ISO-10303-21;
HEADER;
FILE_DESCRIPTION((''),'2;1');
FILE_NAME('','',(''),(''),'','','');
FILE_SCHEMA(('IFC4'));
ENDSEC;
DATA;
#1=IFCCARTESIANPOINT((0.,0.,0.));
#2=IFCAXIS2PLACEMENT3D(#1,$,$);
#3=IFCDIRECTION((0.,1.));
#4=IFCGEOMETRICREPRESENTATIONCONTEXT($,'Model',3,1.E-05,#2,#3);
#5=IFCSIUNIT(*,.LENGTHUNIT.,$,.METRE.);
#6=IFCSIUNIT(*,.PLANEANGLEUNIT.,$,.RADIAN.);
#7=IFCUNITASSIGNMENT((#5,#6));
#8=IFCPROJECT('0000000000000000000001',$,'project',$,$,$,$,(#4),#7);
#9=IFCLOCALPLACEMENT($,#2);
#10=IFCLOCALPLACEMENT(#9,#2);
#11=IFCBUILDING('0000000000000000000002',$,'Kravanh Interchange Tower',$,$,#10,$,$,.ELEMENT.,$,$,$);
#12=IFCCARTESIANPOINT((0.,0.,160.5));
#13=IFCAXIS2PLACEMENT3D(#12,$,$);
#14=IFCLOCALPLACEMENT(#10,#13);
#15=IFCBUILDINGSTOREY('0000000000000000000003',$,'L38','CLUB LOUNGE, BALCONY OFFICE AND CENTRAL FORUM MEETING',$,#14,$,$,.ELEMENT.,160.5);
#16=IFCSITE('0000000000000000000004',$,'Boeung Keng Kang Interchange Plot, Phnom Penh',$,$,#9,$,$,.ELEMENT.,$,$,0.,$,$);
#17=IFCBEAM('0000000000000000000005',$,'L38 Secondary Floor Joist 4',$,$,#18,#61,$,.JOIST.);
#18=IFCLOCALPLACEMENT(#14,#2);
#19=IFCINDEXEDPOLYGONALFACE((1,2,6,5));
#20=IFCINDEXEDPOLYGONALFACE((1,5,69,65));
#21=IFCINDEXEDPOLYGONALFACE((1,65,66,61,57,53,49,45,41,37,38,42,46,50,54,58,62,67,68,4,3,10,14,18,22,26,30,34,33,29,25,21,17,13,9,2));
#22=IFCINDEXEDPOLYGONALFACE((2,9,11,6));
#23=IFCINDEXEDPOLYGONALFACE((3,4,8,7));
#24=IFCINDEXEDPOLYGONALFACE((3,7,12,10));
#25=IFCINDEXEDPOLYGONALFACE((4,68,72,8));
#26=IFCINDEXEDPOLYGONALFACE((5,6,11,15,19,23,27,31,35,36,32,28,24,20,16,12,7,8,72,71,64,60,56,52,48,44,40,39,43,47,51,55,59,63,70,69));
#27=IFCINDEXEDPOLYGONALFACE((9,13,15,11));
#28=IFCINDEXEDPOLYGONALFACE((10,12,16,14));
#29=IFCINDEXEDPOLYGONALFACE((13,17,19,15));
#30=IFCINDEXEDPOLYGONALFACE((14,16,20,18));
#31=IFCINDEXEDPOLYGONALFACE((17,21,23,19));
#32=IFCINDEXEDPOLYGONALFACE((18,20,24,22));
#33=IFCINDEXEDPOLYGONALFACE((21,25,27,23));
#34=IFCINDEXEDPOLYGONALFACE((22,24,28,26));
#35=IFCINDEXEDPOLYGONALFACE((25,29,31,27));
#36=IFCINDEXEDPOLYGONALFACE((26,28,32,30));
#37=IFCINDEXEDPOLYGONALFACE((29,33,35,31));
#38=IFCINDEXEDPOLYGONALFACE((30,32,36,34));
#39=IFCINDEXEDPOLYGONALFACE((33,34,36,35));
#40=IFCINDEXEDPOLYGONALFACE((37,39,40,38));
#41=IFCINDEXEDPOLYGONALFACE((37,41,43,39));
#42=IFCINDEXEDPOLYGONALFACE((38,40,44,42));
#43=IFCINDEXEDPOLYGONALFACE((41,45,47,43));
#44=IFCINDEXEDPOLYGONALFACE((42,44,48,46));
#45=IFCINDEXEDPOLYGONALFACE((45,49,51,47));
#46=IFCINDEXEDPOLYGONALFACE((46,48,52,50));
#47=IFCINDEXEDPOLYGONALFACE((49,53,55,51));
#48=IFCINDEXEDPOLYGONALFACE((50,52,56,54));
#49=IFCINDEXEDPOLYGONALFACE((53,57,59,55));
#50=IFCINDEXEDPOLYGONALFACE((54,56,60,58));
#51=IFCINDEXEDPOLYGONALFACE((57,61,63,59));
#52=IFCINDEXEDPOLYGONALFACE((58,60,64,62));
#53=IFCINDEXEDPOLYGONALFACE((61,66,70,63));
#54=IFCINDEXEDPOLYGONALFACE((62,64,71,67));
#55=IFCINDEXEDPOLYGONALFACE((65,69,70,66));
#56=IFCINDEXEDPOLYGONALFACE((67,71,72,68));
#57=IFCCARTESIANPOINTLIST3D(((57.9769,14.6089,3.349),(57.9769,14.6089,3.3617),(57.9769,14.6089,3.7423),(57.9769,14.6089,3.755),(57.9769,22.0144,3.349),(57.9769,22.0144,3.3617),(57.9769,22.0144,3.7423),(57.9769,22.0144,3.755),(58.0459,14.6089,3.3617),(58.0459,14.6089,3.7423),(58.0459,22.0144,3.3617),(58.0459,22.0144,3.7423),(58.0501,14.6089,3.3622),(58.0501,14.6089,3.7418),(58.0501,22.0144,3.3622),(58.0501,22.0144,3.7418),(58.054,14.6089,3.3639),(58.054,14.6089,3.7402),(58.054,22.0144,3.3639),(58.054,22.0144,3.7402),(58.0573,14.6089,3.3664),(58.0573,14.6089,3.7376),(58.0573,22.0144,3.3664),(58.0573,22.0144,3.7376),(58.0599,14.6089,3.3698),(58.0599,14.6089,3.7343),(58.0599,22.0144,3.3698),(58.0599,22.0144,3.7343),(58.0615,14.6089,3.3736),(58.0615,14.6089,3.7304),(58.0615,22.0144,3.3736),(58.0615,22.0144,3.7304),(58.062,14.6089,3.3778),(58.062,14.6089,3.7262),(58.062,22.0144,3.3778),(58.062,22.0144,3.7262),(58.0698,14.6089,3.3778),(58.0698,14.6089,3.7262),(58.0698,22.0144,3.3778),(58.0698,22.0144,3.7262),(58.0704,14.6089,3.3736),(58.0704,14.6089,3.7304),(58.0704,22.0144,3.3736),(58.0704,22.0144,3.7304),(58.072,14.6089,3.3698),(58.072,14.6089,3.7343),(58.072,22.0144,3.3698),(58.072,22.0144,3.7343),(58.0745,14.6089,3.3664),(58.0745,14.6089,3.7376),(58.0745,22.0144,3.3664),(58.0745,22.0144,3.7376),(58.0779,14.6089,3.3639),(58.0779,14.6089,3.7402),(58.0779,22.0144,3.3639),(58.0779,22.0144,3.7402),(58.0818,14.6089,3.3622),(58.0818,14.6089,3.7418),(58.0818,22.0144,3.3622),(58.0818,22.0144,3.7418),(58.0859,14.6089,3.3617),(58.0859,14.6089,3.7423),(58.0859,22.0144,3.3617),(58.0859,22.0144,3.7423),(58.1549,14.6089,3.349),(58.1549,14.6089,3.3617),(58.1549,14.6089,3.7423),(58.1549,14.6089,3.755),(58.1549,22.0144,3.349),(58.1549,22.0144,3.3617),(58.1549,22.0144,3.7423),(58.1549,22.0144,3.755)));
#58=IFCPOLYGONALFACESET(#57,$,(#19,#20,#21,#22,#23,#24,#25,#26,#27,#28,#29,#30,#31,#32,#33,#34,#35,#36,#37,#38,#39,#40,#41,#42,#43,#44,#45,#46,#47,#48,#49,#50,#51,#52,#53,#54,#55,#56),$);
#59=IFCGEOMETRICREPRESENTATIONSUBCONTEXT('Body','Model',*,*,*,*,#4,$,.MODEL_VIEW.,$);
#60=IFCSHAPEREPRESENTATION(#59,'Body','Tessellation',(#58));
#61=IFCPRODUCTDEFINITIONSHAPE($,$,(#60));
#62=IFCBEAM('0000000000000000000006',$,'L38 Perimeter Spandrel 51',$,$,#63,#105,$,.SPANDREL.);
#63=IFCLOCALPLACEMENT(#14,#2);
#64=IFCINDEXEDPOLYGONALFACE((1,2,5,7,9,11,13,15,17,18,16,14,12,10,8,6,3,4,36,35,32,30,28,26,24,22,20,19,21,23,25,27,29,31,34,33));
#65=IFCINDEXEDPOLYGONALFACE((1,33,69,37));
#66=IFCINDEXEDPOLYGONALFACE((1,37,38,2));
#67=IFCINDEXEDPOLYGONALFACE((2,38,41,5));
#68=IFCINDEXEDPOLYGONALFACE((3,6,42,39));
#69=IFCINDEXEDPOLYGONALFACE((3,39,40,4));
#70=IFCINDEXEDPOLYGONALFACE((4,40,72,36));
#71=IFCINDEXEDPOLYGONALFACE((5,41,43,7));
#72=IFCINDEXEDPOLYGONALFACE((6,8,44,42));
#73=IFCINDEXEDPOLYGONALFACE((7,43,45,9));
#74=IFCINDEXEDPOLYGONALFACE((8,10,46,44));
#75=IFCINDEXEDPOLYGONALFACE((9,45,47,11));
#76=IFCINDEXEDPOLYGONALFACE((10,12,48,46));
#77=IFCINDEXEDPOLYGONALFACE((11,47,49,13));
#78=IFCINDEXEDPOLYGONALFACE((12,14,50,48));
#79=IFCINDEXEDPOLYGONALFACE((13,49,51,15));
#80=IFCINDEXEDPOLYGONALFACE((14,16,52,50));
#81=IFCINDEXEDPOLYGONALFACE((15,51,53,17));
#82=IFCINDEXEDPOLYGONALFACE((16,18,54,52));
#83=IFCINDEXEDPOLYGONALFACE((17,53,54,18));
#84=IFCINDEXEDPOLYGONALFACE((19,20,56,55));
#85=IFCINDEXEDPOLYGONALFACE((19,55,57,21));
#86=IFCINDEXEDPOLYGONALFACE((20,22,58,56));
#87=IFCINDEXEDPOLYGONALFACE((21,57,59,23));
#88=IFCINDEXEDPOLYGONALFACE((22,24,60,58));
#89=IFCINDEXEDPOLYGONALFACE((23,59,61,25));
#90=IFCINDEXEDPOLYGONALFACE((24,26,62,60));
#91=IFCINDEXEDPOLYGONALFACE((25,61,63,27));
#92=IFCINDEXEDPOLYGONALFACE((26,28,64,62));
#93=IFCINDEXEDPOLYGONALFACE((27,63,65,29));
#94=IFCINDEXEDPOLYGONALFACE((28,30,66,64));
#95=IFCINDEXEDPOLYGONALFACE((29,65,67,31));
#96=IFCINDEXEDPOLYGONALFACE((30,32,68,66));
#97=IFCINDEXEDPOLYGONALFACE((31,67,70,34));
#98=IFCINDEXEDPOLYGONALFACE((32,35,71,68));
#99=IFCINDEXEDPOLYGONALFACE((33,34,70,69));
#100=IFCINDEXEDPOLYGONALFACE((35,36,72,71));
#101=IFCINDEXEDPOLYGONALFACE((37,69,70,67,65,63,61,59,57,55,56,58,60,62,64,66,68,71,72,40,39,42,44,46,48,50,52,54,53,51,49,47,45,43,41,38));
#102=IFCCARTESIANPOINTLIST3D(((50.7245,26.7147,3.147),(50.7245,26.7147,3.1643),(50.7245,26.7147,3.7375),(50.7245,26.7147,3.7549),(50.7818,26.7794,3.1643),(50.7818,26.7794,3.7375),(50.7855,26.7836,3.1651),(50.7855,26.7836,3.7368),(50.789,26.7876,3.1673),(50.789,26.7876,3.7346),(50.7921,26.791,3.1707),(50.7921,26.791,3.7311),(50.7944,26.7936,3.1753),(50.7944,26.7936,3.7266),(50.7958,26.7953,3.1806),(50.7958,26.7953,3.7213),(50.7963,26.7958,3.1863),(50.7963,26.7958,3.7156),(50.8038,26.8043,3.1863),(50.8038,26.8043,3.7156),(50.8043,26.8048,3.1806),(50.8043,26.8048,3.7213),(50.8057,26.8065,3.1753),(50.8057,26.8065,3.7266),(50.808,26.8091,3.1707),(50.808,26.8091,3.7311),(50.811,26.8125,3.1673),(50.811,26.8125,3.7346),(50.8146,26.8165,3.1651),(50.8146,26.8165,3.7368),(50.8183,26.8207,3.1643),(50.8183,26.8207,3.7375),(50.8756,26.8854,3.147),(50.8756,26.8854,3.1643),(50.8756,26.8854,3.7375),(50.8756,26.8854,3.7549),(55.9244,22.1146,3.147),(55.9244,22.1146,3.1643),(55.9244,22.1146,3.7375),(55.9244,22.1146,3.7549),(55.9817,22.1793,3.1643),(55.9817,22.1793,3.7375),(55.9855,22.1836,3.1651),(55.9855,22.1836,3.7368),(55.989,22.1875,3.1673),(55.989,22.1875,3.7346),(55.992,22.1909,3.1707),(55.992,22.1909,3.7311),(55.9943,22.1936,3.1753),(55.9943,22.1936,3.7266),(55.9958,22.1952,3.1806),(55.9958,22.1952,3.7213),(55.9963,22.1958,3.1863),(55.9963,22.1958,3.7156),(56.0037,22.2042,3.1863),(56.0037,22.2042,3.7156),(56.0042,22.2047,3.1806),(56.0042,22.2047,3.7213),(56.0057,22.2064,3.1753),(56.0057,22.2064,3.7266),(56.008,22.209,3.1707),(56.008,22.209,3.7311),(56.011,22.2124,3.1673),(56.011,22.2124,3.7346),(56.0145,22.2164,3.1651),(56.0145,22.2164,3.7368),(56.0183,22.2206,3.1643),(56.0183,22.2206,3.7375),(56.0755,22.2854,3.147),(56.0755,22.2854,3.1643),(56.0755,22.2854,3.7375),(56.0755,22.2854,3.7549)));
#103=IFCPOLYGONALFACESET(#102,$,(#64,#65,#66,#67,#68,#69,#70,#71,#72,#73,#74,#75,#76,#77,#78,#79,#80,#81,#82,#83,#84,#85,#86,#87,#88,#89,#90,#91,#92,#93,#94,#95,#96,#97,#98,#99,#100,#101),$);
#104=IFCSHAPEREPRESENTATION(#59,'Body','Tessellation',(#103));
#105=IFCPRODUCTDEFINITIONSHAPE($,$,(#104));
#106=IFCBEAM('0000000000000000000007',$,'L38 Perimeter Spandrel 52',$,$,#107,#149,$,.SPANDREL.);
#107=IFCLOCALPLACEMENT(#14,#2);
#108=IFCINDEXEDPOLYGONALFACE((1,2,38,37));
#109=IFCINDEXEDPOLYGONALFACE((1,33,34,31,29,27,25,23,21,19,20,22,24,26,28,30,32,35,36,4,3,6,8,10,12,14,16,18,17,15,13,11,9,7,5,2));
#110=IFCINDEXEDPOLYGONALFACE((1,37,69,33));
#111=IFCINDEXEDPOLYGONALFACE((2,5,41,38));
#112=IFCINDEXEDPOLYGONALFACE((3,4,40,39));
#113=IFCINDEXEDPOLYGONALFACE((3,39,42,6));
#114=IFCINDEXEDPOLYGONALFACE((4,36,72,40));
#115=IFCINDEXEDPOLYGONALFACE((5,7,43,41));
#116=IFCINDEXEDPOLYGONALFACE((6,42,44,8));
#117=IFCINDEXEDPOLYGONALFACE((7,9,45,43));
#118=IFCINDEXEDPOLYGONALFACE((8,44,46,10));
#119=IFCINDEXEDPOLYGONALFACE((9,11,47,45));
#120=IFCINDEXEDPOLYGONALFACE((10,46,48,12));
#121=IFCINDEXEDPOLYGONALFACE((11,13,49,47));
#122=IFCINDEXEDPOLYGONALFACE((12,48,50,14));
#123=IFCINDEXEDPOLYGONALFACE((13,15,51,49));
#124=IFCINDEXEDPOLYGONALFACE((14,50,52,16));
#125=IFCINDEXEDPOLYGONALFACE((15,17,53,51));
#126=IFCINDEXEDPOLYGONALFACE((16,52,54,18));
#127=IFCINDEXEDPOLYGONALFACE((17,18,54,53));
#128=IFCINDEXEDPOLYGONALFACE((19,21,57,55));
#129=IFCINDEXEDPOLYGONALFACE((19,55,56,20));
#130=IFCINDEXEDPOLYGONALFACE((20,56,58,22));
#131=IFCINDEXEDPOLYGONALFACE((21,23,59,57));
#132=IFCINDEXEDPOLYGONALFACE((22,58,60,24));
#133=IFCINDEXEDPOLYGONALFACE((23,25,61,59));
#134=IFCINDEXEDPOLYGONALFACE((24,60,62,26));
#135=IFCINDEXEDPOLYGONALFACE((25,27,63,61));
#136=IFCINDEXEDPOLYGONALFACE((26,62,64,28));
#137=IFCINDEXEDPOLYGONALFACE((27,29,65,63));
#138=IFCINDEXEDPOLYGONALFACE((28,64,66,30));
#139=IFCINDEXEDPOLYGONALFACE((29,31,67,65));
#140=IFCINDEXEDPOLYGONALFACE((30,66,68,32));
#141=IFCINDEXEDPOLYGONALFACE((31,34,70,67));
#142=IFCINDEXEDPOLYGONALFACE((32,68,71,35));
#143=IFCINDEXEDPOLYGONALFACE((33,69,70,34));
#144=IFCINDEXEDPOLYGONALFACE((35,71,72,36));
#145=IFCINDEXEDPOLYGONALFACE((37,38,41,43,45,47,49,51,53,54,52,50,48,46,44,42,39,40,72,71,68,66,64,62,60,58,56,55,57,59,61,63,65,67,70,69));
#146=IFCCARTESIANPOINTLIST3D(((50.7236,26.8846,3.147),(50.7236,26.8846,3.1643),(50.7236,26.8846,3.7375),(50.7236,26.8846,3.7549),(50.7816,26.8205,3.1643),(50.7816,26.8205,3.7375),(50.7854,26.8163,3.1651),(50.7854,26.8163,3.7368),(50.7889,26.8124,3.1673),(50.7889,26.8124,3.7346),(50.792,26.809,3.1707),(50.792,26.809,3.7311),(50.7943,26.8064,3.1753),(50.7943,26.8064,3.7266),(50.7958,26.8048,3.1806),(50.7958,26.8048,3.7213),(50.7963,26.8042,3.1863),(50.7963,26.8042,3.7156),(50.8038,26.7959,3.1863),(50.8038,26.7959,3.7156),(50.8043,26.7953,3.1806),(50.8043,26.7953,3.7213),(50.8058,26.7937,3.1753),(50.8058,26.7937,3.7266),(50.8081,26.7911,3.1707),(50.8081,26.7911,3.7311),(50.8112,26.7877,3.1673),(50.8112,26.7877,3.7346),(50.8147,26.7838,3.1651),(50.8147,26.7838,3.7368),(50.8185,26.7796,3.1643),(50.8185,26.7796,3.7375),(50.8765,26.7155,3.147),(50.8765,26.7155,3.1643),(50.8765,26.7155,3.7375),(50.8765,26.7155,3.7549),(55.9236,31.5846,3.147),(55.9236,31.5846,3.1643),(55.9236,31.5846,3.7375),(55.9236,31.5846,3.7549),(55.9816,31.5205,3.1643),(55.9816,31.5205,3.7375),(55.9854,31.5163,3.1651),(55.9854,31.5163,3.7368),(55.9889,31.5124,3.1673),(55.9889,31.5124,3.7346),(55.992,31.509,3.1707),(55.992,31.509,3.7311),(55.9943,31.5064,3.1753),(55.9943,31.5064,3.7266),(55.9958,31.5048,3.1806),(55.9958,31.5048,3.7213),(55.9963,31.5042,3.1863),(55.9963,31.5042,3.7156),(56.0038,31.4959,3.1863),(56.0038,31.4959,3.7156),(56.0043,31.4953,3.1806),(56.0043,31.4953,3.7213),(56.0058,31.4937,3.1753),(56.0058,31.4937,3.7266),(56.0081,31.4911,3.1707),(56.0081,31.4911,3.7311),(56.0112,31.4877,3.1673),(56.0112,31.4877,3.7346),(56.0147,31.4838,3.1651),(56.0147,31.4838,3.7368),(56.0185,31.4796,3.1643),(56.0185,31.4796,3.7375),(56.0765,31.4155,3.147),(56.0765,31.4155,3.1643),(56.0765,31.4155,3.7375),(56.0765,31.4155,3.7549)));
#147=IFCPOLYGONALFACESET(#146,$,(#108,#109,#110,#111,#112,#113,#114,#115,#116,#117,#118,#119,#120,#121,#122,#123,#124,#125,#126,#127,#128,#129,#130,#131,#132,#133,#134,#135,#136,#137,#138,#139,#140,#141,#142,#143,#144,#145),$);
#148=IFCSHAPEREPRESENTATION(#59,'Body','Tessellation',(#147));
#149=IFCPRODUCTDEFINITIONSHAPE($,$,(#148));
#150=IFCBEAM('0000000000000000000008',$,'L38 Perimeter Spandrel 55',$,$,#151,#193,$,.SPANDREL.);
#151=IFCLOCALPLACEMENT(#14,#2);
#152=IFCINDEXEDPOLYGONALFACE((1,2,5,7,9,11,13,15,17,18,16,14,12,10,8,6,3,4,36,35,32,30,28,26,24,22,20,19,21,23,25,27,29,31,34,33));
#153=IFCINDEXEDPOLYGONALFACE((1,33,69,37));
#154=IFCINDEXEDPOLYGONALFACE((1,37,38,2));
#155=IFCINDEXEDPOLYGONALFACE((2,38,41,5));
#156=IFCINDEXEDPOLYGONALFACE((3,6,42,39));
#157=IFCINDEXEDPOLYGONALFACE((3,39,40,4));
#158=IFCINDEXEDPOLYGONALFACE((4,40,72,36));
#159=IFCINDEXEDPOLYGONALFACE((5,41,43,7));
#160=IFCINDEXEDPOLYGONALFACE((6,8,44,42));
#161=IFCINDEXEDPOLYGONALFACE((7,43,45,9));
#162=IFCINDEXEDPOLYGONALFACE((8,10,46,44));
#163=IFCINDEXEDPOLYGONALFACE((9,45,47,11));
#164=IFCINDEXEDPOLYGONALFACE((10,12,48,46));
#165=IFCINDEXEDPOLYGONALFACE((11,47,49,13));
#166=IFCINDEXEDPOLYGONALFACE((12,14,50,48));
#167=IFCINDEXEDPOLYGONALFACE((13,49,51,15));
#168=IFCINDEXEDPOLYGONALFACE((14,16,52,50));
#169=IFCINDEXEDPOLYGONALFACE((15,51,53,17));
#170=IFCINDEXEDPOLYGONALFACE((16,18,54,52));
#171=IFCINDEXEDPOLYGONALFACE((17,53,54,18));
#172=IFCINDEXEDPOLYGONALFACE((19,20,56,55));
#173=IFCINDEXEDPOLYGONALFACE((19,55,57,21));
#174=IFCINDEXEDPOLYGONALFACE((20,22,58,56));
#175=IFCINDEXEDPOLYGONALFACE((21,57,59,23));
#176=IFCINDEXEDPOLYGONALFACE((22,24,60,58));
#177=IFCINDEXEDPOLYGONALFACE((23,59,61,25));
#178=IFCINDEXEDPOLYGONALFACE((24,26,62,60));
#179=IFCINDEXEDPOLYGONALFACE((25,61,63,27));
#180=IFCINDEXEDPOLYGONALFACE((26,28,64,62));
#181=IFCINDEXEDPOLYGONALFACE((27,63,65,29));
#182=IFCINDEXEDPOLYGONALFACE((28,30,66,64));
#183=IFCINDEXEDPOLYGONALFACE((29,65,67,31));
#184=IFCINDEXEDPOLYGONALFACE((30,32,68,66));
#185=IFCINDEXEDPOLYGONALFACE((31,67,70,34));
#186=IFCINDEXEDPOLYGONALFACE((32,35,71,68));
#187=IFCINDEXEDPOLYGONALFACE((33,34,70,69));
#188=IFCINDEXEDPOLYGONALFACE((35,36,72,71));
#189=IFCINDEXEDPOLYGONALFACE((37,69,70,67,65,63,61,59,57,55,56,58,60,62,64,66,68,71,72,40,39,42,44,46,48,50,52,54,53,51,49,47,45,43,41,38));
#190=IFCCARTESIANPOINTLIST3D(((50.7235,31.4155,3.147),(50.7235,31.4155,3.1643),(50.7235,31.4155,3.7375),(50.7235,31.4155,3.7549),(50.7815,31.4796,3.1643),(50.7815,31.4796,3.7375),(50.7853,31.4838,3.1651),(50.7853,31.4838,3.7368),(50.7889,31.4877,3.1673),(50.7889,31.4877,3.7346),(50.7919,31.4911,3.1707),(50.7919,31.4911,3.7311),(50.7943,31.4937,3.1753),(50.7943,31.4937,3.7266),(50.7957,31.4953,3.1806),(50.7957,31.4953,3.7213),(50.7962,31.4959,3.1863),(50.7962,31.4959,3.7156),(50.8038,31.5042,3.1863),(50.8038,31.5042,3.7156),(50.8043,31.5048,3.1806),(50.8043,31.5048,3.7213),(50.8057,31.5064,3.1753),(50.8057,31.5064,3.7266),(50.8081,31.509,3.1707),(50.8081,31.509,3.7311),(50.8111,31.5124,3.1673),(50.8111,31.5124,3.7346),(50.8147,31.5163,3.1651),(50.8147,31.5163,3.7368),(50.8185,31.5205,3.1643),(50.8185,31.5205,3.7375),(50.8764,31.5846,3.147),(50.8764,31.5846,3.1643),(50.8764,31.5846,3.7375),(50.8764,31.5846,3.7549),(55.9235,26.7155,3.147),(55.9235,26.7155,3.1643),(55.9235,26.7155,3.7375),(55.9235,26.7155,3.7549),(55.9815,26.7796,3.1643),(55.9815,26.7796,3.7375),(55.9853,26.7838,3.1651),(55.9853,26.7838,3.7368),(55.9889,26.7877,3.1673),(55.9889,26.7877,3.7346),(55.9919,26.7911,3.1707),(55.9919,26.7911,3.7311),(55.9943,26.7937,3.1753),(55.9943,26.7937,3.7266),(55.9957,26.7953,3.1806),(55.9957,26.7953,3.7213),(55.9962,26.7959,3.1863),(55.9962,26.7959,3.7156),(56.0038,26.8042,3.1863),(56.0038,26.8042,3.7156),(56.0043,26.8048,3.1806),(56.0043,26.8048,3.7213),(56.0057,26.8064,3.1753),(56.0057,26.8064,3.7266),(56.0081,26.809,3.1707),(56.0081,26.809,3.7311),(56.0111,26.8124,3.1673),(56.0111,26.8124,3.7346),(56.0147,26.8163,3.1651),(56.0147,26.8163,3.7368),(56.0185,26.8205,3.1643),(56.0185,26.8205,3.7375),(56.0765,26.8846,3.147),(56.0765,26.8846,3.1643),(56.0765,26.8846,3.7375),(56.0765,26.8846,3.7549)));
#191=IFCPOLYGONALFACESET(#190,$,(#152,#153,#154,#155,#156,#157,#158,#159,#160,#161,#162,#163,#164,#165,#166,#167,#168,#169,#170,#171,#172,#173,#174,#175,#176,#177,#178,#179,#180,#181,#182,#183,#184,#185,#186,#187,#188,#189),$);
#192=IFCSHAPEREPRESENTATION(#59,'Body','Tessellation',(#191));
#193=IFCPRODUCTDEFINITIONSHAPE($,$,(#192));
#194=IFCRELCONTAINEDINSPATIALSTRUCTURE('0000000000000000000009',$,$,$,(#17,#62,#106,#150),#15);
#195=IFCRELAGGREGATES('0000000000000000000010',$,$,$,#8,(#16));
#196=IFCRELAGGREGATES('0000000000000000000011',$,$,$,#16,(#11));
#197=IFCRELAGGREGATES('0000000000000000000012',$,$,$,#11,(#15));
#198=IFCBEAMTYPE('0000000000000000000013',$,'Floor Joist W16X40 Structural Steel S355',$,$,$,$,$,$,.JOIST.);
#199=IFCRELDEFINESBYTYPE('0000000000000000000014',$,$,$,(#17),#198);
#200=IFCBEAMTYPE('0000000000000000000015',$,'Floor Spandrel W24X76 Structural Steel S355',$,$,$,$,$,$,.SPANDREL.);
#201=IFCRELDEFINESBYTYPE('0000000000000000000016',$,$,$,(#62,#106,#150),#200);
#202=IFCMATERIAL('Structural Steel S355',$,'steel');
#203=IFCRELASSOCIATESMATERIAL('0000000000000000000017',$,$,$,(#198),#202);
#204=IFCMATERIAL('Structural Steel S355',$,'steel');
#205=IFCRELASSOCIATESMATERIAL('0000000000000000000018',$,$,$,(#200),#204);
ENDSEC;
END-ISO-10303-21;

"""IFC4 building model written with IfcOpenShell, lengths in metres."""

from ifc_helpers import new_model, si_unit, direction, frame, origin, origin_2d, place, context, subcontext, project, spatial, i_section, extrude, material, material_profile, profile_set, type_object, element, save


model = new_model("IFC4")

# Units and contexts
model_context = context("Model", 3, precision=1e-05, world=origin(), true_north=direction((0.0, 1.0)))
body_context = subcontext(model_context, "Body", "Model", "MODEL_VIEW")
ifc_project = project(units=[si_unit("LENGTHUNIT", "METRE"), si_unit("PLANEANGLEUNIT", "RADIAN")], contexts=[model_context])

# Site, building, storey
site_placement = place(None, origin())
site = spatial("IfcSite", under=ifc_project, at=site_placement, Name="Boeung Keng Kang Interchange Plot, Phnom Penh", CompositionType="ELEMENT", RefElevation=0.0)
building_placement = place(site_placement, origin())
building = spatial("IfcBuilding", under=site, at=building_placement, Name="Kravanh Interchange Tower", CompositionType="ELEMENT")
storey_placement = place(building_placement, frame((0.0, 0.0, 160.5)))
storey = spatial("IfcBuildingStorey", under=building, at=storey_placement, Name="L38", Description="CLUB LOUNGE, BALCONY OFFICE AND CENTRAL FORUM MEETING", CompositionType="ELEMENT", Elevation=160.5)

# Beams
ifc_material_1 = material(Name="Structural Steel S355", Category="steel")
ifc_material_profile_1 = material_profile(ifc_material_1, i_section(OverallWidth=0.178, OverallDepth=0.406, WebThickness=0.0078, FlangeThickness=0.0127, FilletRadius=0.0161, at=origin_2d()), Name="W16X40")
ifc_profile_set_1 = profile_set([ifc_material_profile_1], Name="Structural Steel S355")
beam_type_1 = type_object("IfcBeamType", Name="Floor Joist W16X40 Structural Steel S355", PredefinedType="JOIST", material=ifc_profile_set_1)
beam_1_placement = place(storey_placement, frame((58.0659, 14.6089, 3.552), z_axis=(0.0, 1.0, 0.0), x_axis=(-1.0, 0.0, 0.0)))
element("IfcBeam", 1, at=beam_1_placement, inside=storey, type_object=beam_type_1, Name="L38 Secondary Floor Joist 4", PredefinedType="JOIST", context=body_context, shape_type="SweptSolid", body=[
    extrude(i_section(OverallWidth=0.178, OverallDepth=0.406, WebThickness=0.0078, FlangeThickness=0.0127, FilletRadius=0.0161, at=origin_2d()), origin(), (0.0, 0.0, 1.0), 7.4055),
])
ifc_material_2 = material(Name="Structural Steel S355", Category="steel")
ifc_material_profile_2 = material_profile(ifc_material_2, i_section(OverallWidth=0.228, OverallDepth=0.6079, WebThickness=0.0112, FlangeThickness=0.0173, FilletRadius=0.022, at=origin_2d()), Name="W24X76")
ifc_profile_set_2 = profile_set([ifc_material_profile_2], Name="Structural Steel S355")
beam_type_2 = type_object("IfcBeamType", Name="Floor Spandrel W24X76 Structural Steel S355", PredefinedType="SPANDREL", material=ifc_profile_set_2)
beam_2_placement = place(storey_placement, frame((50.8, 26.8, 3.4509), z_axis=(0.748986, -0.662585, 0.0), x_axis=(0.662585, 0.748986, 0.0)))
element("IfcBeam", 2, at=beam_2_placement, inside=storey, type_object=beam_type_2, Name="L38 Perimeter Spandrel 51", PredefinedType="SPANDREL", context=body_context, shape_type="SweptSolid", body=[
    extrude(i_section(OverallWidth=0.228, OverallDepth=0.6079, WebThickness=0.0112, FlangeThickness=0.0173, FilletRadius=0.022, at=origin_2d()), origin(), (0.0, 0.0, 1.0), 6.9426),
])
for number, where, z_axis, x_axis, name in (
    (3, (50.8, 26.8, 3.4509), (0.741874, 0.670539, 0.0), (-0.670539, 0.741874, 0.0), "L38 Perimeter Spandrel 52"),
    (4, (56.0, 26.8, 3.4509), (-0.741874, 0.670539, 0.0), (-0.670539, -0.741874, 0.0), "L38 Perimeter Spandrel 55"),
):
    element("IfcBeam", number, at=place(storey_placement, frame(where, z_axis=z_axis, x_axis=x_axis)), inside=storey, type_object=beam_type_2, Name=name, PredefinedType="SPANDREL", context=body_context, shape_type="SweptSolid", body=[
        extrude(i_section(OverallWidth=0.228, OverallDepth=0.6079, WebThickness=0.0112, FlangeThickness=0.0173, FilletRadius=0.022, at=origin_2d()), origin(), (0.0, 0.0, 1.0), 7.0093),
    ])

save(model, "model.ifc")
